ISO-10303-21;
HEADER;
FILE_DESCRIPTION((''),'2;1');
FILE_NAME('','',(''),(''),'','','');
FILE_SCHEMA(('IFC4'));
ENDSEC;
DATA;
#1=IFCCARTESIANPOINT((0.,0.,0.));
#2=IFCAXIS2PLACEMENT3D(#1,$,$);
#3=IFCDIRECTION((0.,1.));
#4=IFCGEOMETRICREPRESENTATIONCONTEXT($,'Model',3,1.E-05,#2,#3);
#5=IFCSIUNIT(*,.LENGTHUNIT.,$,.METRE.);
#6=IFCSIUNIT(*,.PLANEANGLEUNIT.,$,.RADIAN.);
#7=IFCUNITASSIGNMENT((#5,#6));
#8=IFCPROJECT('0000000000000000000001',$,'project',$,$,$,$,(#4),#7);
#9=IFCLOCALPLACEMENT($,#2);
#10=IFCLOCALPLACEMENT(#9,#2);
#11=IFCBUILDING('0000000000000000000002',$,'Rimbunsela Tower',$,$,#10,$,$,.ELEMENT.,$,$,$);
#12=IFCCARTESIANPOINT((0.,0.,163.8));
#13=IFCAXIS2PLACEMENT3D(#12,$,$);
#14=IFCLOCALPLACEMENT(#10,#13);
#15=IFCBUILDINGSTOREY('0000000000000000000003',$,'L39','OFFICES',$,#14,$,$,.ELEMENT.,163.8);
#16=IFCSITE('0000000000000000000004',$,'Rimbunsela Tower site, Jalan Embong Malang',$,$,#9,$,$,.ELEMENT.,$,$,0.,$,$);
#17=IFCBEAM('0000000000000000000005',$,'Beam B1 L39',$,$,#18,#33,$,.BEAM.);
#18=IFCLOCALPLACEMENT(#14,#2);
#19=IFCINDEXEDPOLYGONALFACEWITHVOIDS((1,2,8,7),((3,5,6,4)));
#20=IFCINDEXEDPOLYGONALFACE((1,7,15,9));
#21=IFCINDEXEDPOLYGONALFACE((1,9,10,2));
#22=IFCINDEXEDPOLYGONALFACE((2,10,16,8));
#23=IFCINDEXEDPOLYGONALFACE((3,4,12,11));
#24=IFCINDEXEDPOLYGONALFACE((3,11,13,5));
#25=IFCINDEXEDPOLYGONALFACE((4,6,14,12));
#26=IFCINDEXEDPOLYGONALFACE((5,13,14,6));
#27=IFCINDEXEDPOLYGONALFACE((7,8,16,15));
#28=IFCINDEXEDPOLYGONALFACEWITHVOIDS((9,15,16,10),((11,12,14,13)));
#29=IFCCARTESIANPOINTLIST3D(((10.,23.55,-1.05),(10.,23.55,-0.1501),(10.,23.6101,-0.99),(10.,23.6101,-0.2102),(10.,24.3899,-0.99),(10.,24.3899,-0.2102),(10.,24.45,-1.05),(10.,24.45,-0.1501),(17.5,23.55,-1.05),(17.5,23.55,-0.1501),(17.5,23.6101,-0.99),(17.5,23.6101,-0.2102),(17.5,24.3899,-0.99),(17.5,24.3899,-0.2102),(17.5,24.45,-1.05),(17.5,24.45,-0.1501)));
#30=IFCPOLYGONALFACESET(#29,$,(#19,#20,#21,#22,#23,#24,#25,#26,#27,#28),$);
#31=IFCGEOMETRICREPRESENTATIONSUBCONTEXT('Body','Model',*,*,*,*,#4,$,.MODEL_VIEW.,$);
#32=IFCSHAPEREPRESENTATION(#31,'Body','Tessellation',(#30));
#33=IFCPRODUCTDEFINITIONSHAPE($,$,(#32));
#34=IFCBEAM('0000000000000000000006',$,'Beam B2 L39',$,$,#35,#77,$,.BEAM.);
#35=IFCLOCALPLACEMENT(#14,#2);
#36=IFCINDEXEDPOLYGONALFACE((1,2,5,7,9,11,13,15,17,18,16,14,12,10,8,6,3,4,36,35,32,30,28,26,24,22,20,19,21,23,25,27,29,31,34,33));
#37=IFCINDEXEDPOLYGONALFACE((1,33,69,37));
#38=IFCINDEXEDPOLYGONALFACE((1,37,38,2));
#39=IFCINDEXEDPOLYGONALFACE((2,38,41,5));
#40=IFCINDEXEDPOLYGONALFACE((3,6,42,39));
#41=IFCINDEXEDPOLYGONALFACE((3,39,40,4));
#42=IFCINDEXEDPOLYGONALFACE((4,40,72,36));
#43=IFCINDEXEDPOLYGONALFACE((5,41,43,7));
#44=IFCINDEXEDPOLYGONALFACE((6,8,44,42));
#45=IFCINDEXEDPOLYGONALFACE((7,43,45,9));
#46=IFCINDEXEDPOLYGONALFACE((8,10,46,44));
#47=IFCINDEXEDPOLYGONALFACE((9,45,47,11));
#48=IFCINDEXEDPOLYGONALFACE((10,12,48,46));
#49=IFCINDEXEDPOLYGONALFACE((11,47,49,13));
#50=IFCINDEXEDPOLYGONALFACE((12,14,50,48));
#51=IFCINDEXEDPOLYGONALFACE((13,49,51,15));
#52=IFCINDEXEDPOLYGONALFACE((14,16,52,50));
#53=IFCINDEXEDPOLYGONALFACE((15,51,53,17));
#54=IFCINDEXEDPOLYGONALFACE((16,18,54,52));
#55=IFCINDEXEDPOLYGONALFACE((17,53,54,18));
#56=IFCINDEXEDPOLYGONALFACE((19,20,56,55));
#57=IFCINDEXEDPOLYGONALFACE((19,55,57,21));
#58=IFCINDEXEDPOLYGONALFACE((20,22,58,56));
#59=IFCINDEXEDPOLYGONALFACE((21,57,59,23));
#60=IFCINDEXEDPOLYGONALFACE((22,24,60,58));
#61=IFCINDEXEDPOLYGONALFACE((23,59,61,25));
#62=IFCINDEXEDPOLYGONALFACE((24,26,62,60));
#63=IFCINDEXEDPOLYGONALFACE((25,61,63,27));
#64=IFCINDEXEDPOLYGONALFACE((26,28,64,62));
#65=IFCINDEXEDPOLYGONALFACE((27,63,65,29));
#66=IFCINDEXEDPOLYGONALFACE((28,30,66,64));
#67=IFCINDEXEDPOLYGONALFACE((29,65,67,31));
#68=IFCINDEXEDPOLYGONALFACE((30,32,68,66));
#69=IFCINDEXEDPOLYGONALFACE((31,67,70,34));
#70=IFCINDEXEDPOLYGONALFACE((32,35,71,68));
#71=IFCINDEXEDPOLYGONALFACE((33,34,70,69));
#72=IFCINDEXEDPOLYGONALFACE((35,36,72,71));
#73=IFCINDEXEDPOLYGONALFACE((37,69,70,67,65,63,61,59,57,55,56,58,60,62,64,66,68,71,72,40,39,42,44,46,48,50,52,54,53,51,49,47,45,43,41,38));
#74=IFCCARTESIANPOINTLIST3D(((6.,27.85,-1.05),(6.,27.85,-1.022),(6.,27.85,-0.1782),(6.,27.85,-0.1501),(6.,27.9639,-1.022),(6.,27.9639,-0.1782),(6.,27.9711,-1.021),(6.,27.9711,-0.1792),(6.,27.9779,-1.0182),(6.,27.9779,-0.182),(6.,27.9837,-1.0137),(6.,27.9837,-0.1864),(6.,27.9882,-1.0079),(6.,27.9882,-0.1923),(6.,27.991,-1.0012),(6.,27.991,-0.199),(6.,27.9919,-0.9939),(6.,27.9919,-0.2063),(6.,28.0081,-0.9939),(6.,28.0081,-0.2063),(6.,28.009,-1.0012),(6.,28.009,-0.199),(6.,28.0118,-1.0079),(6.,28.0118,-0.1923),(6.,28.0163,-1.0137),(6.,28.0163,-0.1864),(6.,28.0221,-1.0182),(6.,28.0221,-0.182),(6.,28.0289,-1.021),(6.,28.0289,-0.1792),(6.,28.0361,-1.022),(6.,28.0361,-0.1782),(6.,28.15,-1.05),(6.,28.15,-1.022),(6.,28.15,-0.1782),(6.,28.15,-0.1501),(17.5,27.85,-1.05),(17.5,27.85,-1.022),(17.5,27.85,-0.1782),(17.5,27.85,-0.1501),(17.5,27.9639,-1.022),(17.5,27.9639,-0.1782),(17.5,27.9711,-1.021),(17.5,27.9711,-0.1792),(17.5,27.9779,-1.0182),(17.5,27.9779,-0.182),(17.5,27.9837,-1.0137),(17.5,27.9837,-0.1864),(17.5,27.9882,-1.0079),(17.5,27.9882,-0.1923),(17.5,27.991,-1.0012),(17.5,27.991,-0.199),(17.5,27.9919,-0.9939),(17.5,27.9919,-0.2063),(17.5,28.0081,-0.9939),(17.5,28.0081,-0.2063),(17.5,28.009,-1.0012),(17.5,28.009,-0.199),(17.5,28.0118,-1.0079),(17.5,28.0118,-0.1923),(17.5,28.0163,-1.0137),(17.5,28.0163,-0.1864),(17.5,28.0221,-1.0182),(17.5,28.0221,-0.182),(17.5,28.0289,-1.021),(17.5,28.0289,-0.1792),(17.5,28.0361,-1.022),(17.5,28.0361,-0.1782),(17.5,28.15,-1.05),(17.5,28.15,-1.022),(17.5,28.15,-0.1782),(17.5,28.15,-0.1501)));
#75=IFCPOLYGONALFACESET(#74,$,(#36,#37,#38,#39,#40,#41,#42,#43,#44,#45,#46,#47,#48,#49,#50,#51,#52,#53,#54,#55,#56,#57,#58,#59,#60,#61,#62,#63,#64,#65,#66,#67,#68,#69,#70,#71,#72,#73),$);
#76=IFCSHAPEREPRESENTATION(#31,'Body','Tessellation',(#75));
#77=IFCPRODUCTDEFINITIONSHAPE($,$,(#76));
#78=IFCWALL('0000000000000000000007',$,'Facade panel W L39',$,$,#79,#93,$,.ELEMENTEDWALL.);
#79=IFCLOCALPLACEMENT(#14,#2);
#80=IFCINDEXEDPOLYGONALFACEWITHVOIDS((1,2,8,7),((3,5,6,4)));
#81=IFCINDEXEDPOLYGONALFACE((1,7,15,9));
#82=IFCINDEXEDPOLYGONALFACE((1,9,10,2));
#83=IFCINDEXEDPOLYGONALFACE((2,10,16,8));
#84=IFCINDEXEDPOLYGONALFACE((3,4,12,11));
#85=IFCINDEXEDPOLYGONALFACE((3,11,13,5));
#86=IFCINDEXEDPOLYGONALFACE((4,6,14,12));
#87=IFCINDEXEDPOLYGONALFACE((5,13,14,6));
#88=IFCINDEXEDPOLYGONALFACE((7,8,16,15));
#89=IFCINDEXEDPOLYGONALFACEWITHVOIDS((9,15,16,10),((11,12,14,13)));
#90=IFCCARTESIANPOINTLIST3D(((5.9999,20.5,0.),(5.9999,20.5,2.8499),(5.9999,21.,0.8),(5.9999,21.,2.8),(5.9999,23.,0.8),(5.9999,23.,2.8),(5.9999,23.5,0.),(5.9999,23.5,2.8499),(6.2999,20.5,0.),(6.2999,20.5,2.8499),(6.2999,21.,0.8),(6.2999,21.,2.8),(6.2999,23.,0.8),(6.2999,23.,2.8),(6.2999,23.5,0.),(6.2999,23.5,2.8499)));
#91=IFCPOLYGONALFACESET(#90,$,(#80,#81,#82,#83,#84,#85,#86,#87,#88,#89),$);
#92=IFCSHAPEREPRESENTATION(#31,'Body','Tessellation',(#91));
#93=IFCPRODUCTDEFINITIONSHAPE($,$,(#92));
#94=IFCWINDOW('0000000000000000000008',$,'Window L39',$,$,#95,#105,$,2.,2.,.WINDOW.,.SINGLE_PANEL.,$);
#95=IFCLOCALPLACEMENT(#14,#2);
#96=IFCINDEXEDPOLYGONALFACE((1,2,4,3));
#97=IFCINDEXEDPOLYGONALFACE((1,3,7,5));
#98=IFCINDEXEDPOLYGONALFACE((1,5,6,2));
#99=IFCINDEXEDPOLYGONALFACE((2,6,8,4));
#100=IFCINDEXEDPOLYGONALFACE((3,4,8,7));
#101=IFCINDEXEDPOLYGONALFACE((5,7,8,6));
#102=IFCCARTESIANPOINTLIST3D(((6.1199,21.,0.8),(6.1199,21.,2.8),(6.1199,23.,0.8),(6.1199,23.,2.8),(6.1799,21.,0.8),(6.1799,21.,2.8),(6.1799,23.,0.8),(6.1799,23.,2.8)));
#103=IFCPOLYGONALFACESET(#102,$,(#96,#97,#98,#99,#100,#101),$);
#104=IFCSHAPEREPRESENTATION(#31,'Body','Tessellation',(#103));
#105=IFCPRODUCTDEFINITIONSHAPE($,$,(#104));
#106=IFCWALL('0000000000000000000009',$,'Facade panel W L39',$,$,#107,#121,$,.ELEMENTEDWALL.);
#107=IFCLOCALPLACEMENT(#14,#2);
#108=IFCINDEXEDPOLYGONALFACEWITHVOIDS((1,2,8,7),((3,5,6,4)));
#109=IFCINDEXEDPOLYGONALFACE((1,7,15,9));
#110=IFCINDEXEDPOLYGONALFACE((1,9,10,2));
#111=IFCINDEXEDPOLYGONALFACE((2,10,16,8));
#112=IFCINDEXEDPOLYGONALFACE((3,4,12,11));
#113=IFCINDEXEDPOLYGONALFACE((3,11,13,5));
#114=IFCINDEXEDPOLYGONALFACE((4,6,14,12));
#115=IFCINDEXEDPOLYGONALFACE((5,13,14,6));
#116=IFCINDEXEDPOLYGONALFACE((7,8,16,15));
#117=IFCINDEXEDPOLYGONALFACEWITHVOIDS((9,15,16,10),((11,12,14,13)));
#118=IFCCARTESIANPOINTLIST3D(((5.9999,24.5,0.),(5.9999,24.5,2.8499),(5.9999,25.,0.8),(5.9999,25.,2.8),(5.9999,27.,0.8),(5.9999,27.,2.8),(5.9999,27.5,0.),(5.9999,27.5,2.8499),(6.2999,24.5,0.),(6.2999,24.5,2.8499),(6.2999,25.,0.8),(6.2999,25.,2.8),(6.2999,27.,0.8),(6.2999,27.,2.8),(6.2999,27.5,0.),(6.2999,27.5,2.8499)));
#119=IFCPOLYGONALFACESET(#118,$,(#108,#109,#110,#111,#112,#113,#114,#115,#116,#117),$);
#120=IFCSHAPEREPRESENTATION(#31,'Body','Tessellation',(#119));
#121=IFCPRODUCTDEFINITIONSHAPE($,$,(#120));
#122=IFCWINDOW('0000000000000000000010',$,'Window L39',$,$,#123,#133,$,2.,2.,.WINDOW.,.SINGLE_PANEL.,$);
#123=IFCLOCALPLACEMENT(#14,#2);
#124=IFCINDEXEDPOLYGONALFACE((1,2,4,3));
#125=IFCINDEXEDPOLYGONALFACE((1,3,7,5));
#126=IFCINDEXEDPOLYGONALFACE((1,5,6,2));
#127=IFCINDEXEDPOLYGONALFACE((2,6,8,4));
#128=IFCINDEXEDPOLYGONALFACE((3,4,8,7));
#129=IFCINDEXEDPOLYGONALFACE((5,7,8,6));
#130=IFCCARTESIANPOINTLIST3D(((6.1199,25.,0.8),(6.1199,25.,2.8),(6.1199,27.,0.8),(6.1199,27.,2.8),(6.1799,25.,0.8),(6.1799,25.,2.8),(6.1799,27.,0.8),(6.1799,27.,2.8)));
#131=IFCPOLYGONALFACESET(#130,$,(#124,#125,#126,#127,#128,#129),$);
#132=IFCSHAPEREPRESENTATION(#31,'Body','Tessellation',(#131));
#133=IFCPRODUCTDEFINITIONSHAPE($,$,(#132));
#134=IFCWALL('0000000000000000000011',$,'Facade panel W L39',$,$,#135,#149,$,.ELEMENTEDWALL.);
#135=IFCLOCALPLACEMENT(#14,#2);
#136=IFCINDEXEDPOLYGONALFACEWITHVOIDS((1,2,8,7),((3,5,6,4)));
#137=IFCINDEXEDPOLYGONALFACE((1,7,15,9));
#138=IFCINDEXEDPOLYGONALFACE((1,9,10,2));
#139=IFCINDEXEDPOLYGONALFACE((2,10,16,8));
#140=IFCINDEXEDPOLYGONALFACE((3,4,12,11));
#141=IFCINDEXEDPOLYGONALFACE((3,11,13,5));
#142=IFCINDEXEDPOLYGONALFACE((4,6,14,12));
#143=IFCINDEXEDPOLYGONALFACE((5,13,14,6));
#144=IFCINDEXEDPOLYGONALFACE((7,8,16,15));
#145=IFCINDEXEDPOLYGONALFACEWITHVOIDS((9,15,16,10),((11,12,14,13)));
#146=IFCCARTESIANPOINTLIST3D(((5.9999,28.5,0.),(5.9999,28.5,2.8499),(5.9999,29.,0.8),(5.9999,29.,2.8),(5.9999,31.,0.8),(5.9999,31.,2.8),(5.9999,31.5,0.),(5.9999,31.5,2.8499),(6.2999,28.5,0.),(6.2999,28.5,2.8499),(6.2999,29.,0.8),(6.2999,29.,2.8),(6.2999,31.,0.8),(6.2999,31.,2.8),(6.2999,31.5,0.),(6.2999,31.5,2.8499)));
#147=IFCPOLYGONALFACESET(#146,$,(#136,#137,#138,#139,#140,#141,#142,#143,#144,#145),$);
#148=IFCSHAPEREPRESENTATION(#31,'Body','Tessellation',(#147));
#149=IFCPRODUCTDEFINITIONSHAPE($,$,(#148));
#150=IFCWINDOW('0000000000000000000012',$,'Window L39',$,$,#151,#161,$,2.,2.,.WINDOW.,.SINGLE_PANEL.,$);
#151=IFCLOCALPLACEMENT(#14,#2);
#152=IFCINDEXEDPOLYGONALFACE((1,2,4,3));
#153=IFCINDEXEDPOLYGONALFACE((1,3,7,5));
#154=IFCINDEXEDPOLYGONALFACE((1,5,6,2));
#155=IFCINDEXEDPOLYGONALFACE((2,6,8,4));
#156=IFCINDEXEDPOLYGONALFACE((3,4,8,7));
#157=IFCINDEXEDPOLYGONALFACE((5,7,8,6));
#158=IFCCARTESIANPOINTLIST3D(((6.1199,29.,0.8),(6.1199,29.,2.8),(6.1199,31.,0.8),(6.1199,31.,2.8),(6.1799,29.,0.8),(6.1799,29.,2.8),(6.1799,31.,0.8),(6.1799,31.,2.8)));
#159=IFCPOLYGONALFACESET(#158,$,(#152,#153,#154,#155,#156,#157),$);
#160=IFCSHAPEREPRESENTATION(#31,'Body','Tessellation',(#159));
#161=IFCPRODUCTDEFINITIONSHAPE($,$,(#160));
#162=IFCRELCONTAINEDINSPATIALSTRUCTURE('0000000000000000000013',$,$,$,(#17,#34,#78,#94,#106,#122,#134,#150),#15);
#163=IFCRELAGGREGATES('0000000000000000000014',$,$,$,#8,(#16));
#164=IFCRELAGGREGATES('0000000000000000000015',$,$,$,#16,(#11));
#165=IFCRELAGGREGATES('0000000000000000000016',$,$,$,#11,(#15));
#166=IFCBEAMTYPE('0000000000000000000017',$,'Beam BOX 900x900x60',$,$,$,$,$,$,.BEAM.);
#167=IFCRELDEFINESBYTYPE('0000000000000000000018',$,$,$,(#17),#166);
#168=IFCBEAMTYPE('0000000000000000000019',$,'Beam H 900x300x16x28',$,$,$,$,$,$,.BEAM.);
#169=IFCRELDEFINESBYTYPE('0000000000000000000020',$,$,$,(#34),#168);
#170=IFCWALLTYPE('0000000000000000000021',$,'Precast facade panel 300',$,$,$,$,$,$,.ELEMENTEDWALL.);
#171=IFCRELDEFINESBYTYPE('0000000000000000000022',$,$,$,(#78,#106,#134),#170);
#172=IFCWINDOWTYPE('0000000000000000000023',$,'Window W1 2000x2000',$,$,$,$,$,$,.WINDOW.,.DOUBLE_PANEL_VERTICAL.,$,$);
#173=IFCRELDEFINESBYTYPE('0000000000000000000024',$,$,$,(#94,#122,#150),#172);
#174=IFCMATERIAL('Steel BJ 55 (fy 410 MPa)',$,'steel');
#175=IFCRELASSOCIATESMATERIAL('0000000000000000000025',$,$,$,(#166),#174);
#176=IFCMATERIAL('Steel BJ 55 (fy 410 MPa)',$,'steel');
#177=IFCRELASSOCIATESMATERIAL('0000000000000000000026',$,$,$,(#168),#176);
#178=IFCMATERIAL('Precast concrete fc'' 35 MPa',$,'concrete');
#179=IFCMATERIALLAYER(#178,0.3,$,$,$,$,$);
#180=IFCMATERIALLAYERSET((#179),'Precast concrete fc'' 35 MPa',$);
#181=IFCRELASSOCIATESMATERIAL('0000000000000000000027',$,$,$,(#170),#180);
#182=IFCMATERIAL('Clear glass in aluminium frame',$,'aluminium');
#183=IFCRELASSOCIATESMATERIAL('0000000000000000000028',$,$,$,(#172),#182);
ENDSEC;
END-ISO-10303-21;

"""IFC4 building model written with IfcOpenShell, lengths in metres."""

from ifc_helpers import new_model, si_unit, direction, frame, frame_2d, origin, origin_2d, place, context, subcontext, project, spatial, rectangle, hollow_rectangle, i_section, extrude, material, layer, layer_set, material_profile, profile_set, type_object, element, fill, save


model = new_model("IFC4")

# Units and contexts
model_context = context("Model", 3, precision=1e-05, world=origin(), true_north=direction((0.0, 1.0)))
body_context = subcontext(model_context, "Body", "Model", "MODEL_VIEW")
ifc_project = project(units=[si_unit("LENGTHUNIT", "METRE"), si_unit("PLANEANGLEUNIT", "RADIAN")], contexts=[model_context])

# Site, building, storey
site_placement = place(None, origin())
site = spatial("IfcSite", under=ifc_project, at=site_placement, Name="Rimbunsela Tower site, Jalan Embong Malang", CompositionType="ELEMENT", RefElevation=0.0)
building_placement = place(site_placement, origin())
building = spatial("IfcBuilding", under=site, at=building_placement, Name="Rimbunsela Tower", CompositionType="ELEMENT")
storey_placement = place(building_placement, frame((0.0, 0.0, 163.8)))
storey = spatial("IfcBuildingStorey", under=building, at=storey_placement, Name="L39", Description="OFFICES", CompositionType="ELEMENT", Elevation=163.8)

# Beams
ifc_material_1 = material(Name="Steel BJ 55 (fy 410 MPa)", Category="steel")
ifc_material_profile_1 = material_profile(ifc_material_1, hollow_rectangle(XDim=0.8999, YDim=0.8999, WallThickness=0.0601, at=origin_2d()), Name="BOX 900x900x60")
ifc_profile_set_1 = profile_set([ifc_material_profile_1], Name="Steel BJ 55 (fy 410 MPa)")
beam_type_1 = type_object("IfcBeamType", Name="Beam BOX 900x900x60", PredefinedType="BEAM", material=ifc_profile_set_1)
beam_1_placement = place(storey_placement, frame((10.0, 24.0, -0.6001), z_axis=(1.0, 0.0, 0.0), x_axis=(0.0, 1.0, 0.0)))
element("IfcBeam", 1, at=beam_1_placement, inside=storey, type_object=beam_type_1, Name="Beam B1 L39", PredefinedType="BEAM", context=body_context, shape_type="SweptSolid", body=[
    extrude(hollow_rectangle(XDim=0.8999, YDim=0.8999, WallThickness=0.0601, at=origin_2d()), origin(), (0.0, 0.0, 1.0), 7.5),
])
ifc_material_2 = material(Name="Steel BJ 55 (fy 410 MPa)", Category="steel")
ifc_material_profile_2 = material_profile(ifc_material_2, i_section(OverallWidth=0.3, OverallDepth=0.8999, WebThickness=0.0161, FlangeThickness=0.0281, FilletRadius=0.0281, at=origin_2d()), Name="H 900x300x16x28")
ifc_profile_set_2 = profile_set([ifc_material_profile_2], Name="Steel BJ 55 (fy 410 MPa)")
beam_type_2 = type_object("IfcBeamType", Name="Beam H 900x300x16x28", PredefinedType="BEAM", material=ifc_profile_set_2)
beam_2_placement = place(storey_placement, frame((6.0, 28.0, -0.6001), z_axis=(1.0, 0.0, 0.0), x_axis=(0.0, 1.0, 0.0)))
element("IfcBeam", 2, at=beam_2_placement, inside=storey, type_object=beam_type_2, Name="Beam B2 L39", PredefinedType="BEAM", context=body_context, shape_type="SweptSolid", body=[
    extrude(i_section(OverallWidth=0.3, OverallDepth=0.8999, WebThickness=0.0161, FlangeThickness=0.0281, FilletRadius=0.0281, at=origin_2d()), origin(), (0.0, 0.0, 1.0), 11.5),
])

# Walls, openings, windows
ifc_material_3 = material(Name="Precast concrete fc' 35 MPa", Category="concrete")
ifc_layer_1 = layer(ifc_material_3, 0.3)
ifc_layer_set_1 = layer_set([ifc_layer_1], Name="Precast concrete fc' 35 MPa")
wall_type = type_object("IfcWallType", Name="Precast facade panel 300", PredefinedType="ELEMENTEDWALL", material=ifc_layer_set_1)
wall_1_placement = place(storey_placement, frame((6.1499, 23.5, 0.0), z_axis=(0.0, 0.0, 1.0), x_axis=(0.0, -1.0, 0.0)))
wall_1 = element("IfcWall", 3, at=wall_1_placement, inside=storey, type_object=wall_type, Name="Facade panel W L39", PredefinedType="ELEMENTEDWALL", context=body_context, shape_type="SweptSolid", body=[
    extrude(rectangle(XDim=3.0, YDim=0.3, at=frame_2d((1.5, 0.0))), origin(), (0.0, 0.0, 1.0), 2.8499),
])
opening_1_placement = place(wall_1_placement, frame((0.5, 0.0, 0.8)))
opening_1 = element("IfcOpeningElement", 4, at=opening_1_placement, cuts=wall_1, PredefinedType="OPENING", context=body_context, shape_type="SweptSolid", body=[
    extrude(rectangle(XDim=2.0, YDim=2.0, at=frame_2d((1.0, 1.0))), frame((0.0, 0.1599, 0.0), z_axis=(0.0, -1.0, 0.0), x_axis=(1.0, 0.0, 0.0)), (0.0, 0.0, 1.0), 0.3201),
])
ifc_material_4 = material(Name="Clear glass in aluminium frame", Category="aluminium")
window_type = type_object("IfcWindowType", Name="Window W1 2000x2000", PartitioningType="DOUBLE_PANEL_VERTICAL", PredefinedType="WINDOW", material=ifc_material_4)
window_1_placement = place(opening_1_placement, origin())
window_1 = element("IfcWindow", 5, at=window_1_placement, inside=storey, type_object=window_type, Name="Window L39", OverallHeight=2.0, OverallWidth=2.0, PartitioningType="SINGLE_PANEL", PredefinedType="WINDOW", context=body_context, shape_type="SweptSolid", body=[
    extrude(rectangle(XDim=2.0, YDim=2.0, at=frame_2d((1.0, 1.0))), frame((0.0, 0.03, 0.0), z_axis=(0.0, -1.0, 0.0), x_axis=(1.0, 0.0, 0.0)), (0.0, 0.0, 1.0), 0.0601),
])
fill(opening_1, window_1)
wall_2_placement = place(storey_placement, frame((6.1499, 27.5, 0.0), z_axis=(0.0, 0.0, 1.0), x_axis=(0.0, -1.0, 0.0)))
wall_2 = element("IfcWall", 6, at=wall_2_placement, inside=storey, type_object=wall_type, Name="Facade panel W L39", PredefinedType="ELEMENTEDWALL", context=body_context, shape_type="SweptSolid", body=[
    extrude(rectangle(XDim=3.0, YDim=0.3, at=frame_2d((1.5, 0.0))), origin(), (0.0, 0.0, 1.0), 2.8499),
])
opening_2_placement = place(wall_2_placement, frame((0.5, 0.0, 0.8)))
opening_2 = element("IfcOpeningElement", 7, at=opening_2_placement, cuts=wall_2, PredefinedType="OPENING", context=body_context, shape_type="SweptSolid", body=[
    extrude(rectangle(XDim=2.0, YDim=2.0, at=frame_2d((1.0, 1.0))), frame((0.0, 0.1599, 0.0), z_axis=(0.0, -1.0, 0.0), x_axis=(1.0, 0.0, 0.0)), (0.0, 0.0, 1.0), 0.3201),
])
window_2_placement = place(opening_2_placement, origin())
window_2 = element("IfcWindow", 8, at=window_2_placement, inside=storey, type_object=window_type, Name="Window L39", OverallHeight=2.0, OverallWidth=2.0, PartitioningType="SINGLE_PANEL", PredefinedType="WINDOW", context=body_context, shape_type="SweptSolid", body=[
    extrude(rectangle(XDim=2.0, YDim=2.0, at=frame_2d((1.0, 1.0))), frame((0.0, 0.03, 0.0), z_axis=(0.0, -1.0, 0.0), x_axis=(1.0, 0.0, 0.0)), (0.0, 0.0, 1.0), 0.0601),
])
fill(opening_2, window_2)
wall_3_placement = place(storey_placement, frame((6.1499, 31.5, 0.0), z_axis=(0.0, 0.0, 1.0), x_axis=(0.0, -1.0, 0.0)))
wall_3 = element("IfcWall", 9, at=wall_3_placement, inside=storey, type_object=wall_type, Name="Facade panel W L39", PredefinedType="ELEMENTEDWALL", context=body_context, shape_type="SweptSolid", body=[
    extrude(rectangle(XDim=3.0, YDim=0.3, at=frame_2d((1.5, 0.0))), origin(), (0.0, 0.0, 1.0), 2.8499),
])
opening_3_placement = place(wall_3_placement, frame((0.5, 0.0, 0.8)))
opening_3 = element("IfcOpeningElement", 10, at=opening_3_placement, cuts=wall_3, PredefinedType="OPENING", context=body_context, shape_type="SweptSolid", body=[
    extrude(rectangle(XDim=2.0, YDim=2.0, at=frame_2d((1.0, 1.0))), frame((0.0, 0.1599, 0.0), z_axis=(0.0, -1.0, 0.0), x_axis=(1.0, 0.0, 0.0)), (0.0, 0.0, 1.0), 0.3201),
])
window_3_placement = place(opening_3_placement, origin())
window_3 = element("IfcWindow", 11, at=window_3_placement, inside=storey, type_object=window_type, Name="Window L39", OverallHeight=2.0, OverallWidth=2.0, PartitioningType="SINGLE_PANEL", PredefinedType="WINDOW", context=body_context, shape_type="SweptSolid", body=[
    extrude(rectangle(XDim=2.0, YDim=2.0, at=frame_2d((1.0, 1.0))), frame((0.0, 0.03, 0.0), z_axis=(0.0, -1.0, 0.0), x_axis=(1.0, 0.0, 0.0)), (0.0, 0.0, 1.0), 0.0601),
])
fill(opening_3, window_3)

save(model, "model.ifc")
